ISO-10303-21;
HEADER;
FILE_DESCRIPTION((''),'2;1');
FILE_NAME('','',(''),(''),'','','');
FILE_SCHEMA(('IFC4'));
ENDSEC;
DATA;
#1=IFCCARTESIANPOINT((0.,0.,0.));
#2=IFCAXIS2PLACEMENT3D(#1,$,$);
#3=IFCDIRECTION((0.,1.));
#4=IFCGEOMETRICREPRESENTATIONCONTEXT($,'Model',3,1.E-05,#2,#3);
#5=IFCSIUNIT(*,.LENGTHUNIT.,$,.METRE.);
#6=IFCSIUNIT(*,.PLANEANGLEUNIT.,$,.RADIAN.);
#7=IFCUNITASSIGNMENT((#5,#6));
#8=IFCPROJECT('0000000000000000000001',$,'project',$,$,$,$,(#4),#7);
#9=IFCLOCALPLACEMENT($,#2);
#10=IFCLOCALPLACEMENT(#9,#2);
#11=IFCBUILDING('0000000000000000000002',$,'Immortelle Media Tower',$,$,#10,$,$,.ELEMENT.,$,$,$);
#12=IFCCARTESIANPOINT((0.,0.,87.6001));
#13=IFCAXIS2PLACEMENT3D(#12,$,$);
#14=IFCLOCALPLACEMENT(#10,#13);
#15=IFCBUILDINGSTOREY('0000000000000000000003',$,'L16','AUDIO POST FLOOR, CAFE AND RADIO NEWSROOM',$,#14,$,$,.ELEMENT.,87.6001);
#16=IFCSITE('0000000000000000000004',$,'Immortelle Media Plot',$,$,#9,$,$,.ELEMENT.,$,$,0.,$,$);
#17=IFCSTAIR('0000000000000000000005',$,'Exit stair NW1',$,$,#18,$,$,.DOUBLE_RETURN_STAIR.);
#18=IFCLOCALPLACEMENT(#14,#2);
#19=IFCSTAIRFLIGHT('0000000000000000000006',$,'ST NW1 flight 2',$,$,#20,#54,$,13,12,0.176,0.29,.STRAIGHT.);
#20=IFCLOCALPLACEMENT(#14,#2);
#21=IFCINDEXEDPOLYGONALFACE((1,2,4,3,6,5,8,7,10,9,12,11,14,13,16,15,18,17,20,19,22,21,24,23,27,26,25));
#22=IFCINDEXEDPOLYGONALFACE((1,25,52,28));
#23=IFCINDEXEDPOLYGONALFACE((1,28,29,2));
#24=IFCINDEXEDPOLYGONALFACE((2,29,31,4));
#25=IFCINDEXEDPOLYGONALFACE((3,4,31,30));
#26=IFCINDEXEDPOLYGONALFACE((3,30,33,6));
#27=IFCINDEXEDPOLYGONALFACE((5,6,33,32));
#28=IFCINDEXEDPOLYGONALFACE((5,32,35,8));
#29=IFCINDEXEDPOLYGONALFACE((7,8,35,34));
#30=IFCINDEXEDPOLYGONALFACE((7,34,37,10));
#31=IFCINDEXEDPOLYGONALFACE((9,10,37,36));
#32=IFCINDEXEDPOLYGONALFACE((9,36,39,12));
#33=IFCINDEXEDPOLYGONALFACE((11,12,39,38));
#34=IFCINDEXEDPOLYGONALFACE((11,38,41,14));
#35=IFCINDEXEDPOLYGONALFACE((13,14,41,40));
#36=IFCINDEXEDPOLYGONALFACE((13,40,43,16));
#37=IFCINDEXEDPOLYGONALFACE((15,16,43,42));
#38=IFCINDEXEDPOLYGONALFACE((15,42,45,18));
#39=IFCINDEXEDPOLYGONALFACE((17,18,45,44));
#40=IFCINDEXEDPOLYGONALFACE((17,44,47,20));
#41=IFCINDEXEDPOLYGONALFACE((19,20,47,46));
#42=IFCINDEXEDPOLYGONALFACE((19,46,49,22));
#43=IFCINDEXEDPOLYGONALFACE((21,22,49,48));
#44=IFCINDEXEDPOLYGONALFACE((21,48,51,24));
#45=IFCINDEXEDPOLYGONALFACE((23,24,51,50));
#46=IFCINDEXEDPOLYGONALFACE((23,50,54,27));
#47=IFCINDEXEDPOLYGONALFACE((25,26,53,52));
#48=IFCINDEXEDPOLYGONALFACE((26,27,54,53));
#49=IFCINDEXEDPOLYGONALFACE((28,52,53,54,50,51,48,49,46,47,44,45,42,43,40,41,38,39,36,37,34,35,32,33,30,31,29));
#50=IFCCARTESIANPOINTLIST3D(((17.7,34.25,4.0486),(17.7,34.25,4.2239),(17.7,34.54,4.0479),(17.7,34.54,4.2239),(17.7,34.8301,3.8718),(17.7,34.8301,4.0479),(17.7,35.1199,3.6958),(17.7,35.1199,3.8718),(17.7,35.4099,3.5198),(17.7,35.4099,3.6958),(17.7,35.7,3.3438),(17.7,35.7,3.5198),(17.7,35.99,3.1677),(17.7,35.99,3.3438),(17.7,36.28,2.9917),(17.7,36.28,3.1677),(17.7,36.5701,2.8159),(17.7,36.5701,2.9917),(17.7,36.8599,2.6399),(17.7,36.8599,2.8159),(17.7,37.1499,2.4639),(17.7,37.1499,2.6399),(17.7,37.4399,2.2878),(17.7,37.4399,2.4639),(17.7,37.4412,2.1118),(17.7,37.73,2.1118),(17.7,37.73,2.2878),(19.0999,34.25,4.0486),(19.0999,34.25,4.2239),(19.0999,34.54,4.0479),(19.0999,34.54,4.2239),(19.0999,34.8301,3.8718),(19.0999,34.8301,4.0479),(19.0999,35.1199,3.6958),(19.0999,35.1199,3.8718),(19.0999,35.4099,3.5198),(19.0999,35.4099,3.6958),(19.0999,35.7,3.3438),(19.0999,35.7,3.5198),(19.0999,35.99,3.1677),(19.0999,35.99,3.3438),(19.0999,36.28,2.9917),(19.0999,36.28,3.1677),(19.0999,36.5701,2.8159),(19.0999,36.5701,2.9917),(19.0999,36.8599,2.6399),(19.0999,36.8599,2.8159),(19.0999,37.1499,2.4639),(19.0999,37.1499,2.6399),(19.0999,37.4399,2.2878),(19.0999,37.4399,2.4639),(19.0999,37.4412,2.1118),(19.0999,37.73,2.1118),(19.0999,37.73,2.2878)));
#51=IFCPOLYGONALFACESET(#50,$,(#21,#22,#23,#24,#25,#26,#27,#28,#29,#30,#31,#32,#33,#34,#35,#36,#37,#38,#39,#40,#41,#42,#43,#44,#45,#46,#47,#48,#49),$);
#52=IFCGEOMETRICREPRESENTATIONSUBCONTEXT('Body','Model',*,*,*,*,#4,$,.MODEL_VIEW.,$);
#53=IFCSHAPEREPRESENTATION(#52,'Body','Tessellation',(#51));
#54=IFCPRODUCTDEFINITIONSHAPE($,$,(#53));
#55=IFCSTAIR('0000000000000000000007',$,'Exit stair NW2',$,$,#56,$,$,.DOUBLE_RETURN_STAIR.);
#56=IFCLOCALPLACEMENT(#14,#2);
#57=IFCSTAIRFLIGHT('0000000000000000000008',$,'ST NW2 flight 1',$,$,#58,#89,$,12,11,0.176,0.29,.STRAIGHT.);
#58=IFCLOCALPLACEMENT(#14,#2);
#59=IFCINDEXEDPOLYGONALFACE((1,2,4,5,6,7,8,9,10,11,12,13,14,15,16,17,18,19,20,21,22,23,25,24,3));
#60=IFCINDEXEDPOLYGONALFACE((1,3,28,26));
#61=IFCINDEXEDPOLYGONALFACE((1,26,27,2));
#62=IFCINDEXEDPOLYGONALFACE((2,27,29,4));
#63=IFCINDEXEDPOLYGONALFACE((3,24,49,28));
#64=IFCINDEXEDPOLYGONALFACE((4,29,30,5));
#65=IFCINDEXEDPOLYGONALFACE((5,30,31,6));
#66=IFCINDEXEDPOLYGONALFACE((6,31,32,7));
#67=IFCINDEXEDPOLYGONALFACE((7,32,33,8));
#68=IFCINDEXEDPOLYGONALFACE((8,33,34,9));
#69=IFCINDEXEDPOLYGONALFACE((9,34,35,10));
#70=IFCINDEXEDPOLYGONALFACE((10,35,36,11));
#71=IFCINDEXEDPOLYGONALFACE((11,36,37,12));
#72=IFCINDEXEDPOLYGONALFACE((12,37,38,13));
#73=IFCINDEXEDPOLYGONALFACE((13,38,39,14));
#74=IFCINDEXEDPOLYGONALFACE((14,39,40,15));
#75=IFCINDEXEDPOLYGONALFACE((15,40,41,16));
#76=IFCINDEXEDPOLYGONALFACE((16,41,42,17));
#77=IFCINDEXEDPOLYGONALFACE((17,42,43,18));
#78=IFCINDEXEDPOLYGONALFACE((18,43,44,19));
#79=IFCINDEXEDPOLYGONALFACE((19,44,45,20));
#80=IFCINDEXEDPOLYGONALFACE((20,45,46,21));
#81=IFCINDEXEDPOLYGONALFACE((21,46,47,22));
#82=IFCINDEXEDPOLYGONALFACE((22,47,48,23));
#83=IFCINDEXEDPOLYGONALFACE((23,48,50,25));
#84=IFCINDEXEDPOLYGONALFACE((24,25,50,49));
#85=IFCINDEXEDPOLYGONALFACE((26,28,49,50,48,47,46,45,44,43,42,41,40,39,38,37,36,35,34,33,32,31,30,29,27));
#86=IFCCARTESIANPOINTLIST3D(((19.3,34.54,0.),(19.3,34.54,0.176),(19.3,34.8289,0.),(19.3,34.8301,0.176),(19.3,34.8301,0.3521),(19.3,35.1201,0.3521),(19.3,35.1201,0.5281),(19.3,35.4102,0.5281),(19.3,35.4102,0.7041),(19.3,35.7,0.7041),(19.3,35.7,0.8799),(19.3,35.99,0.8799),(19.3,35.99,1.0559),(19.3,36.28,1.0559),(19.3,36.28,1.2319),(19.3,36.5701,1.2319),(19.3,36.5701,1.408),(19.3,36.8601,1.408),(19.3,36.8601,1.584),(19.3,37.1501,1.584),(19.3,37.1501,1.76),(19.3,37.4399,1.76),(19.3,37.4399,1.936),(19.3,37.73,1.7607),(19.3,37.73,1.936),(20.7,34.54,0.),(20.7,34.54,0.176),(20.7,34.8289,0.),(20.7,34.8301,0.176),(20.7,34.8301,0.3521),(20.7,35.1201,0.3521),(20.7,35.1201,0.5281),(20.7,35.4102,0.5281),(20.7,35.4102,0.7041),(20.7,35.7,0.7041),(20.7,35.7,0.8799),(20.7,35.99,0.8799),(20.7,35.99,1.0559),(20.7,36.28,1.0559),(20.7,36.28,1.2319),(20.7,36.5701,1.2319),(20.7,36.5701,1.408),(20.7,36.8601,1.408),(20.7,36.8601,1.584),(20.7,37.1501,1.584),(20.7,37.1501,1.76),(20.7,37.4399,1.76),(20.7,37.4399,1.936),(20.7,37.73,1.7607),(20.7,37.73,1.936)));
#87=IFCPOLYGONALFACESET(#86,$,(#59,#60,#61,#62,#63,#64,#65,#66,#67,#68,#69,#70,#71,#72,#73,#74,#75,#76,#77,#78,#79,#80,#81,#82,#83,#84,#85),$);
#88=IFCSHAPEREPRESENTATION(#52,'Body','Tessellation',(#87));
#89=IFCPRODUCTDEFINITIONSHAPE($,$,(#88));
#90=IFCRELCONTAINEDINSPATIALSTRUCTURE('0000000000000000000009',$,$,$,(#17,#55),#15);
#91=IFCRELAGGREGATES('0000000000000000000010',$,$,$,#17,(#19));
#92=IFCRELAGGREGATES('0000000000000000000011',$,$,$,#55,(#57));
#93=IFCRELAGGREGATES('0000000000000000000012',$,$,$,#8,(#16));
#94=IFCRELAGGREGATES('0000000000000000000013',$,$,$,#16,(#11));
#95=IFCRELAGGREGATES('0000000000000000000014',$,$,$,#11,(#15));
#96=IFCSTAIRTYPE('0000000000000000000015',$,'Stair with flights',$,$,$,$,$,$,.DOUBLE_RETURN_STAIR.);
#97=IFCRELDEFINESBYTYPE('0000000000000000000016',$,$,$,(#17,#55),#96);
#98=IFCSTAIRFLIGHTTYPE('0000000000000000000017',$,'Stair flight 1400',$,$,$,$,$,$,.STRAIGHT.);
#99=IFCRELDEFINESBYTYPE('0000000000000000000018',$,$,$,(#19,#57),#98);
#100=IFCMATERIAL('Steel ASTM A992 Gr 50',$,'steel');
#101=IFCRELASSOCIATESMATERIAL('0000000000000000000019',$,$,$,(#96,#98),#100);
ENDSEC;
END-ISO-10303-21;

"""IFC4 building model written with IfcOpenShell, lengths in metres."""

from ifc_helpers import new_model, si_unit, direction, frame, origin, place, context, subcontext, project, spatial, polyline, outline, extrude, material, type_object, element, aggregate, save


model = new_model("IFC4")

# Units and contexts
model_context = context("Model", 3, precision=1e-05, world=origin(), true_north=direction((0.0, 1.0)))
body_context = subcontext(model_context, "Body", "Model", "MODEL_VIEW")
ifc_project = project(units=[si_unit("LENGTHUNIT", "METRE"), si_unit("PLANEANGLEUNIT", "RADIAN")], contexts=[model_context])

# Site, building, storey
site_placement = place(None, origin())
site = spatial("IfcSite", under=ifc_project, at=site_placement, Name="Immortelle Media Plot", CompositionType="ELEMENT", RefElevation=0.0)
building_placement = place(site_placement, origin())
building = spatial("IfcBuilding", under=site, at=building_placement, Name="Immortelle Media Tower", CompositionType="ELEMENT")
storey_placement = place(building_placement, frame((0.0, 0.0, 87.6001)))
storey = spatial("IfcBuildingStorey", under=building, at=storey_placement, Name="L16", Description="AUDIO POST FLOOR, CAFE AND RADIO NEWSROOM", CompositionType="ELEMENT", Elevation=87.6001)

# Shared definitions
ifc_material_1 = material(Name="Steel ASTM A992 Gr 50", Category="steel")

# Stair, stair flight
stair_type = type_object("IfcStairType", Name="Stair with flights", PredefinedType="DOUBLE_RETURN_STAIR", material=ifc_material_1)
stair_1_placement = place(storey_placement, origin())
stair_1 = element("IfcStair", 1, at=stair_1_placement, inside=storey, type_object=stair_type, Name="Exit stair NW1", PredefinedType="DOUBLE_RETURN_STAIR")
stair_flight_type = type_object("IfcStairFlightType", Name="Stair flight 1400", PredefinedType="STRAIGHT", material=ifc_material_1)
stair_flight_1_placement = place(storey_placement, frame((18.3999, 37.73, 2.1118), z_axis=(0.0, 0.0, 1.0), x_axis=(0.0, -1.0, 0.0)))
stair_flight_1 = element("IfcStairFlight", 2, at=stair_flight_1_placement, type_object=stair_flight_type, Name="ST NW1 flight 2", NumberOfRisers=13, NumberOfTreads=12, PredefinedType="STRAIGHT", RiserHeight=0.176, TreadLength=0.29, context=body_context, shape_type="SweptSolid", body=[
    extrude(outline(polyline([(0.0, 0.0), (0.0, 0.176), (0.29, 0.176), (0.29, 0.3521), (0.5801, 0.3521), (0.5801, 0.5281), (0.8701, 0.5281), (0.8701, 0.7041), (1.1599, 0.7041), (1.1599, 0.8799), (1.45, 0.8799), (1.45, 1.0559), (1.74, 1.0559), (1.74, 1.2319), (2.03, 1.2319), (2.03, 1.408), (2.3201, 1.408), (2.3201, 1.584), (2.6101, 1.584), (2.6101, 1.76), (2.8999, 1.76), (2.8999, 1.936), (3.1899, 1.936), (3.1899, 2.1121), (3.48, 2.1121), (3.48, 2.2881), (3.48, 1.9368), (0.2888, 0.0), (0.0, 0.0)])), frame((0.0, 0.7, 0.0), z_axis=(0.0, -1.0, 0.0), x_axis=(1.0, 0.0, 0.0)), (0.0, 0.0, 1.0), 1.3999),
])
aggregate(stair_1, [stair_flight_1])

# Stair, stair flight
stair_2_placement = place(storey_placement, origin())
stair_2 = element("IfcStair", 3, at=stair_2_placement, inside=storey, type_object=stair_type, Name="Exit stair NW2", PredefinedType="DOUBLE_RETURN_STAIR")
stair_flight_2_placement = place(storey_placement, frame((20.0, 34.54, 0.0), z_axis=(0.0, 0.0, 1.0), x_axis=(0.0, 1.0, 0.0)))
stair_flight_2 = element("IfcStairFlight", 4, at=stair_flight_2_placement, type_object=stair_flight_type, Name="ST NW2 flight 1", NumberOfRisers=12, NumberOfTreads=11, PredefinedType="STRAIGHT", RiserHeight=0.176, TreadLength=0.29, context=body_context, shape_type="SweptSolid", body=[
    extrude(outline(polyline([(0.0, 0.0), (0.0, 0.176), (0.29, 0.176), (0.29, 0.3521), (0.5801, 0.3521), (0.5801, 0.5281), (0.8701, 0.5281), (0.8701, 0.7041), (1.1599, 0.7041), (1.1599, 0.8799), (1.45, 0.8799), (1.45, 1.0559), (1.74, 1.0559), (1.74, 1.2319), (2.03, 1.2319), (2.03, 1.408), (2.3201, 1.408), (2.3201, 1.584), (2.6101, 1.584), (2.6101, 1.76), (2.8999, 1.76), (2.8999, 1.936), (3.1899, 1.936), (3.1899, 2.1121), (3.1899, 1.7607), (0.2888, 0.0), (0.0, 0.0)])), frame((0.0, 0.7, 0.0), z_axis=(0.0, -1.0, 0.0), x_axis=(1.0, 0.0, 0.0)), (0.0, 0.0, 1.0), 1.3999),
])
aggregate(stair_2, [stair_flight_2])

save(model, "model.ifc")
